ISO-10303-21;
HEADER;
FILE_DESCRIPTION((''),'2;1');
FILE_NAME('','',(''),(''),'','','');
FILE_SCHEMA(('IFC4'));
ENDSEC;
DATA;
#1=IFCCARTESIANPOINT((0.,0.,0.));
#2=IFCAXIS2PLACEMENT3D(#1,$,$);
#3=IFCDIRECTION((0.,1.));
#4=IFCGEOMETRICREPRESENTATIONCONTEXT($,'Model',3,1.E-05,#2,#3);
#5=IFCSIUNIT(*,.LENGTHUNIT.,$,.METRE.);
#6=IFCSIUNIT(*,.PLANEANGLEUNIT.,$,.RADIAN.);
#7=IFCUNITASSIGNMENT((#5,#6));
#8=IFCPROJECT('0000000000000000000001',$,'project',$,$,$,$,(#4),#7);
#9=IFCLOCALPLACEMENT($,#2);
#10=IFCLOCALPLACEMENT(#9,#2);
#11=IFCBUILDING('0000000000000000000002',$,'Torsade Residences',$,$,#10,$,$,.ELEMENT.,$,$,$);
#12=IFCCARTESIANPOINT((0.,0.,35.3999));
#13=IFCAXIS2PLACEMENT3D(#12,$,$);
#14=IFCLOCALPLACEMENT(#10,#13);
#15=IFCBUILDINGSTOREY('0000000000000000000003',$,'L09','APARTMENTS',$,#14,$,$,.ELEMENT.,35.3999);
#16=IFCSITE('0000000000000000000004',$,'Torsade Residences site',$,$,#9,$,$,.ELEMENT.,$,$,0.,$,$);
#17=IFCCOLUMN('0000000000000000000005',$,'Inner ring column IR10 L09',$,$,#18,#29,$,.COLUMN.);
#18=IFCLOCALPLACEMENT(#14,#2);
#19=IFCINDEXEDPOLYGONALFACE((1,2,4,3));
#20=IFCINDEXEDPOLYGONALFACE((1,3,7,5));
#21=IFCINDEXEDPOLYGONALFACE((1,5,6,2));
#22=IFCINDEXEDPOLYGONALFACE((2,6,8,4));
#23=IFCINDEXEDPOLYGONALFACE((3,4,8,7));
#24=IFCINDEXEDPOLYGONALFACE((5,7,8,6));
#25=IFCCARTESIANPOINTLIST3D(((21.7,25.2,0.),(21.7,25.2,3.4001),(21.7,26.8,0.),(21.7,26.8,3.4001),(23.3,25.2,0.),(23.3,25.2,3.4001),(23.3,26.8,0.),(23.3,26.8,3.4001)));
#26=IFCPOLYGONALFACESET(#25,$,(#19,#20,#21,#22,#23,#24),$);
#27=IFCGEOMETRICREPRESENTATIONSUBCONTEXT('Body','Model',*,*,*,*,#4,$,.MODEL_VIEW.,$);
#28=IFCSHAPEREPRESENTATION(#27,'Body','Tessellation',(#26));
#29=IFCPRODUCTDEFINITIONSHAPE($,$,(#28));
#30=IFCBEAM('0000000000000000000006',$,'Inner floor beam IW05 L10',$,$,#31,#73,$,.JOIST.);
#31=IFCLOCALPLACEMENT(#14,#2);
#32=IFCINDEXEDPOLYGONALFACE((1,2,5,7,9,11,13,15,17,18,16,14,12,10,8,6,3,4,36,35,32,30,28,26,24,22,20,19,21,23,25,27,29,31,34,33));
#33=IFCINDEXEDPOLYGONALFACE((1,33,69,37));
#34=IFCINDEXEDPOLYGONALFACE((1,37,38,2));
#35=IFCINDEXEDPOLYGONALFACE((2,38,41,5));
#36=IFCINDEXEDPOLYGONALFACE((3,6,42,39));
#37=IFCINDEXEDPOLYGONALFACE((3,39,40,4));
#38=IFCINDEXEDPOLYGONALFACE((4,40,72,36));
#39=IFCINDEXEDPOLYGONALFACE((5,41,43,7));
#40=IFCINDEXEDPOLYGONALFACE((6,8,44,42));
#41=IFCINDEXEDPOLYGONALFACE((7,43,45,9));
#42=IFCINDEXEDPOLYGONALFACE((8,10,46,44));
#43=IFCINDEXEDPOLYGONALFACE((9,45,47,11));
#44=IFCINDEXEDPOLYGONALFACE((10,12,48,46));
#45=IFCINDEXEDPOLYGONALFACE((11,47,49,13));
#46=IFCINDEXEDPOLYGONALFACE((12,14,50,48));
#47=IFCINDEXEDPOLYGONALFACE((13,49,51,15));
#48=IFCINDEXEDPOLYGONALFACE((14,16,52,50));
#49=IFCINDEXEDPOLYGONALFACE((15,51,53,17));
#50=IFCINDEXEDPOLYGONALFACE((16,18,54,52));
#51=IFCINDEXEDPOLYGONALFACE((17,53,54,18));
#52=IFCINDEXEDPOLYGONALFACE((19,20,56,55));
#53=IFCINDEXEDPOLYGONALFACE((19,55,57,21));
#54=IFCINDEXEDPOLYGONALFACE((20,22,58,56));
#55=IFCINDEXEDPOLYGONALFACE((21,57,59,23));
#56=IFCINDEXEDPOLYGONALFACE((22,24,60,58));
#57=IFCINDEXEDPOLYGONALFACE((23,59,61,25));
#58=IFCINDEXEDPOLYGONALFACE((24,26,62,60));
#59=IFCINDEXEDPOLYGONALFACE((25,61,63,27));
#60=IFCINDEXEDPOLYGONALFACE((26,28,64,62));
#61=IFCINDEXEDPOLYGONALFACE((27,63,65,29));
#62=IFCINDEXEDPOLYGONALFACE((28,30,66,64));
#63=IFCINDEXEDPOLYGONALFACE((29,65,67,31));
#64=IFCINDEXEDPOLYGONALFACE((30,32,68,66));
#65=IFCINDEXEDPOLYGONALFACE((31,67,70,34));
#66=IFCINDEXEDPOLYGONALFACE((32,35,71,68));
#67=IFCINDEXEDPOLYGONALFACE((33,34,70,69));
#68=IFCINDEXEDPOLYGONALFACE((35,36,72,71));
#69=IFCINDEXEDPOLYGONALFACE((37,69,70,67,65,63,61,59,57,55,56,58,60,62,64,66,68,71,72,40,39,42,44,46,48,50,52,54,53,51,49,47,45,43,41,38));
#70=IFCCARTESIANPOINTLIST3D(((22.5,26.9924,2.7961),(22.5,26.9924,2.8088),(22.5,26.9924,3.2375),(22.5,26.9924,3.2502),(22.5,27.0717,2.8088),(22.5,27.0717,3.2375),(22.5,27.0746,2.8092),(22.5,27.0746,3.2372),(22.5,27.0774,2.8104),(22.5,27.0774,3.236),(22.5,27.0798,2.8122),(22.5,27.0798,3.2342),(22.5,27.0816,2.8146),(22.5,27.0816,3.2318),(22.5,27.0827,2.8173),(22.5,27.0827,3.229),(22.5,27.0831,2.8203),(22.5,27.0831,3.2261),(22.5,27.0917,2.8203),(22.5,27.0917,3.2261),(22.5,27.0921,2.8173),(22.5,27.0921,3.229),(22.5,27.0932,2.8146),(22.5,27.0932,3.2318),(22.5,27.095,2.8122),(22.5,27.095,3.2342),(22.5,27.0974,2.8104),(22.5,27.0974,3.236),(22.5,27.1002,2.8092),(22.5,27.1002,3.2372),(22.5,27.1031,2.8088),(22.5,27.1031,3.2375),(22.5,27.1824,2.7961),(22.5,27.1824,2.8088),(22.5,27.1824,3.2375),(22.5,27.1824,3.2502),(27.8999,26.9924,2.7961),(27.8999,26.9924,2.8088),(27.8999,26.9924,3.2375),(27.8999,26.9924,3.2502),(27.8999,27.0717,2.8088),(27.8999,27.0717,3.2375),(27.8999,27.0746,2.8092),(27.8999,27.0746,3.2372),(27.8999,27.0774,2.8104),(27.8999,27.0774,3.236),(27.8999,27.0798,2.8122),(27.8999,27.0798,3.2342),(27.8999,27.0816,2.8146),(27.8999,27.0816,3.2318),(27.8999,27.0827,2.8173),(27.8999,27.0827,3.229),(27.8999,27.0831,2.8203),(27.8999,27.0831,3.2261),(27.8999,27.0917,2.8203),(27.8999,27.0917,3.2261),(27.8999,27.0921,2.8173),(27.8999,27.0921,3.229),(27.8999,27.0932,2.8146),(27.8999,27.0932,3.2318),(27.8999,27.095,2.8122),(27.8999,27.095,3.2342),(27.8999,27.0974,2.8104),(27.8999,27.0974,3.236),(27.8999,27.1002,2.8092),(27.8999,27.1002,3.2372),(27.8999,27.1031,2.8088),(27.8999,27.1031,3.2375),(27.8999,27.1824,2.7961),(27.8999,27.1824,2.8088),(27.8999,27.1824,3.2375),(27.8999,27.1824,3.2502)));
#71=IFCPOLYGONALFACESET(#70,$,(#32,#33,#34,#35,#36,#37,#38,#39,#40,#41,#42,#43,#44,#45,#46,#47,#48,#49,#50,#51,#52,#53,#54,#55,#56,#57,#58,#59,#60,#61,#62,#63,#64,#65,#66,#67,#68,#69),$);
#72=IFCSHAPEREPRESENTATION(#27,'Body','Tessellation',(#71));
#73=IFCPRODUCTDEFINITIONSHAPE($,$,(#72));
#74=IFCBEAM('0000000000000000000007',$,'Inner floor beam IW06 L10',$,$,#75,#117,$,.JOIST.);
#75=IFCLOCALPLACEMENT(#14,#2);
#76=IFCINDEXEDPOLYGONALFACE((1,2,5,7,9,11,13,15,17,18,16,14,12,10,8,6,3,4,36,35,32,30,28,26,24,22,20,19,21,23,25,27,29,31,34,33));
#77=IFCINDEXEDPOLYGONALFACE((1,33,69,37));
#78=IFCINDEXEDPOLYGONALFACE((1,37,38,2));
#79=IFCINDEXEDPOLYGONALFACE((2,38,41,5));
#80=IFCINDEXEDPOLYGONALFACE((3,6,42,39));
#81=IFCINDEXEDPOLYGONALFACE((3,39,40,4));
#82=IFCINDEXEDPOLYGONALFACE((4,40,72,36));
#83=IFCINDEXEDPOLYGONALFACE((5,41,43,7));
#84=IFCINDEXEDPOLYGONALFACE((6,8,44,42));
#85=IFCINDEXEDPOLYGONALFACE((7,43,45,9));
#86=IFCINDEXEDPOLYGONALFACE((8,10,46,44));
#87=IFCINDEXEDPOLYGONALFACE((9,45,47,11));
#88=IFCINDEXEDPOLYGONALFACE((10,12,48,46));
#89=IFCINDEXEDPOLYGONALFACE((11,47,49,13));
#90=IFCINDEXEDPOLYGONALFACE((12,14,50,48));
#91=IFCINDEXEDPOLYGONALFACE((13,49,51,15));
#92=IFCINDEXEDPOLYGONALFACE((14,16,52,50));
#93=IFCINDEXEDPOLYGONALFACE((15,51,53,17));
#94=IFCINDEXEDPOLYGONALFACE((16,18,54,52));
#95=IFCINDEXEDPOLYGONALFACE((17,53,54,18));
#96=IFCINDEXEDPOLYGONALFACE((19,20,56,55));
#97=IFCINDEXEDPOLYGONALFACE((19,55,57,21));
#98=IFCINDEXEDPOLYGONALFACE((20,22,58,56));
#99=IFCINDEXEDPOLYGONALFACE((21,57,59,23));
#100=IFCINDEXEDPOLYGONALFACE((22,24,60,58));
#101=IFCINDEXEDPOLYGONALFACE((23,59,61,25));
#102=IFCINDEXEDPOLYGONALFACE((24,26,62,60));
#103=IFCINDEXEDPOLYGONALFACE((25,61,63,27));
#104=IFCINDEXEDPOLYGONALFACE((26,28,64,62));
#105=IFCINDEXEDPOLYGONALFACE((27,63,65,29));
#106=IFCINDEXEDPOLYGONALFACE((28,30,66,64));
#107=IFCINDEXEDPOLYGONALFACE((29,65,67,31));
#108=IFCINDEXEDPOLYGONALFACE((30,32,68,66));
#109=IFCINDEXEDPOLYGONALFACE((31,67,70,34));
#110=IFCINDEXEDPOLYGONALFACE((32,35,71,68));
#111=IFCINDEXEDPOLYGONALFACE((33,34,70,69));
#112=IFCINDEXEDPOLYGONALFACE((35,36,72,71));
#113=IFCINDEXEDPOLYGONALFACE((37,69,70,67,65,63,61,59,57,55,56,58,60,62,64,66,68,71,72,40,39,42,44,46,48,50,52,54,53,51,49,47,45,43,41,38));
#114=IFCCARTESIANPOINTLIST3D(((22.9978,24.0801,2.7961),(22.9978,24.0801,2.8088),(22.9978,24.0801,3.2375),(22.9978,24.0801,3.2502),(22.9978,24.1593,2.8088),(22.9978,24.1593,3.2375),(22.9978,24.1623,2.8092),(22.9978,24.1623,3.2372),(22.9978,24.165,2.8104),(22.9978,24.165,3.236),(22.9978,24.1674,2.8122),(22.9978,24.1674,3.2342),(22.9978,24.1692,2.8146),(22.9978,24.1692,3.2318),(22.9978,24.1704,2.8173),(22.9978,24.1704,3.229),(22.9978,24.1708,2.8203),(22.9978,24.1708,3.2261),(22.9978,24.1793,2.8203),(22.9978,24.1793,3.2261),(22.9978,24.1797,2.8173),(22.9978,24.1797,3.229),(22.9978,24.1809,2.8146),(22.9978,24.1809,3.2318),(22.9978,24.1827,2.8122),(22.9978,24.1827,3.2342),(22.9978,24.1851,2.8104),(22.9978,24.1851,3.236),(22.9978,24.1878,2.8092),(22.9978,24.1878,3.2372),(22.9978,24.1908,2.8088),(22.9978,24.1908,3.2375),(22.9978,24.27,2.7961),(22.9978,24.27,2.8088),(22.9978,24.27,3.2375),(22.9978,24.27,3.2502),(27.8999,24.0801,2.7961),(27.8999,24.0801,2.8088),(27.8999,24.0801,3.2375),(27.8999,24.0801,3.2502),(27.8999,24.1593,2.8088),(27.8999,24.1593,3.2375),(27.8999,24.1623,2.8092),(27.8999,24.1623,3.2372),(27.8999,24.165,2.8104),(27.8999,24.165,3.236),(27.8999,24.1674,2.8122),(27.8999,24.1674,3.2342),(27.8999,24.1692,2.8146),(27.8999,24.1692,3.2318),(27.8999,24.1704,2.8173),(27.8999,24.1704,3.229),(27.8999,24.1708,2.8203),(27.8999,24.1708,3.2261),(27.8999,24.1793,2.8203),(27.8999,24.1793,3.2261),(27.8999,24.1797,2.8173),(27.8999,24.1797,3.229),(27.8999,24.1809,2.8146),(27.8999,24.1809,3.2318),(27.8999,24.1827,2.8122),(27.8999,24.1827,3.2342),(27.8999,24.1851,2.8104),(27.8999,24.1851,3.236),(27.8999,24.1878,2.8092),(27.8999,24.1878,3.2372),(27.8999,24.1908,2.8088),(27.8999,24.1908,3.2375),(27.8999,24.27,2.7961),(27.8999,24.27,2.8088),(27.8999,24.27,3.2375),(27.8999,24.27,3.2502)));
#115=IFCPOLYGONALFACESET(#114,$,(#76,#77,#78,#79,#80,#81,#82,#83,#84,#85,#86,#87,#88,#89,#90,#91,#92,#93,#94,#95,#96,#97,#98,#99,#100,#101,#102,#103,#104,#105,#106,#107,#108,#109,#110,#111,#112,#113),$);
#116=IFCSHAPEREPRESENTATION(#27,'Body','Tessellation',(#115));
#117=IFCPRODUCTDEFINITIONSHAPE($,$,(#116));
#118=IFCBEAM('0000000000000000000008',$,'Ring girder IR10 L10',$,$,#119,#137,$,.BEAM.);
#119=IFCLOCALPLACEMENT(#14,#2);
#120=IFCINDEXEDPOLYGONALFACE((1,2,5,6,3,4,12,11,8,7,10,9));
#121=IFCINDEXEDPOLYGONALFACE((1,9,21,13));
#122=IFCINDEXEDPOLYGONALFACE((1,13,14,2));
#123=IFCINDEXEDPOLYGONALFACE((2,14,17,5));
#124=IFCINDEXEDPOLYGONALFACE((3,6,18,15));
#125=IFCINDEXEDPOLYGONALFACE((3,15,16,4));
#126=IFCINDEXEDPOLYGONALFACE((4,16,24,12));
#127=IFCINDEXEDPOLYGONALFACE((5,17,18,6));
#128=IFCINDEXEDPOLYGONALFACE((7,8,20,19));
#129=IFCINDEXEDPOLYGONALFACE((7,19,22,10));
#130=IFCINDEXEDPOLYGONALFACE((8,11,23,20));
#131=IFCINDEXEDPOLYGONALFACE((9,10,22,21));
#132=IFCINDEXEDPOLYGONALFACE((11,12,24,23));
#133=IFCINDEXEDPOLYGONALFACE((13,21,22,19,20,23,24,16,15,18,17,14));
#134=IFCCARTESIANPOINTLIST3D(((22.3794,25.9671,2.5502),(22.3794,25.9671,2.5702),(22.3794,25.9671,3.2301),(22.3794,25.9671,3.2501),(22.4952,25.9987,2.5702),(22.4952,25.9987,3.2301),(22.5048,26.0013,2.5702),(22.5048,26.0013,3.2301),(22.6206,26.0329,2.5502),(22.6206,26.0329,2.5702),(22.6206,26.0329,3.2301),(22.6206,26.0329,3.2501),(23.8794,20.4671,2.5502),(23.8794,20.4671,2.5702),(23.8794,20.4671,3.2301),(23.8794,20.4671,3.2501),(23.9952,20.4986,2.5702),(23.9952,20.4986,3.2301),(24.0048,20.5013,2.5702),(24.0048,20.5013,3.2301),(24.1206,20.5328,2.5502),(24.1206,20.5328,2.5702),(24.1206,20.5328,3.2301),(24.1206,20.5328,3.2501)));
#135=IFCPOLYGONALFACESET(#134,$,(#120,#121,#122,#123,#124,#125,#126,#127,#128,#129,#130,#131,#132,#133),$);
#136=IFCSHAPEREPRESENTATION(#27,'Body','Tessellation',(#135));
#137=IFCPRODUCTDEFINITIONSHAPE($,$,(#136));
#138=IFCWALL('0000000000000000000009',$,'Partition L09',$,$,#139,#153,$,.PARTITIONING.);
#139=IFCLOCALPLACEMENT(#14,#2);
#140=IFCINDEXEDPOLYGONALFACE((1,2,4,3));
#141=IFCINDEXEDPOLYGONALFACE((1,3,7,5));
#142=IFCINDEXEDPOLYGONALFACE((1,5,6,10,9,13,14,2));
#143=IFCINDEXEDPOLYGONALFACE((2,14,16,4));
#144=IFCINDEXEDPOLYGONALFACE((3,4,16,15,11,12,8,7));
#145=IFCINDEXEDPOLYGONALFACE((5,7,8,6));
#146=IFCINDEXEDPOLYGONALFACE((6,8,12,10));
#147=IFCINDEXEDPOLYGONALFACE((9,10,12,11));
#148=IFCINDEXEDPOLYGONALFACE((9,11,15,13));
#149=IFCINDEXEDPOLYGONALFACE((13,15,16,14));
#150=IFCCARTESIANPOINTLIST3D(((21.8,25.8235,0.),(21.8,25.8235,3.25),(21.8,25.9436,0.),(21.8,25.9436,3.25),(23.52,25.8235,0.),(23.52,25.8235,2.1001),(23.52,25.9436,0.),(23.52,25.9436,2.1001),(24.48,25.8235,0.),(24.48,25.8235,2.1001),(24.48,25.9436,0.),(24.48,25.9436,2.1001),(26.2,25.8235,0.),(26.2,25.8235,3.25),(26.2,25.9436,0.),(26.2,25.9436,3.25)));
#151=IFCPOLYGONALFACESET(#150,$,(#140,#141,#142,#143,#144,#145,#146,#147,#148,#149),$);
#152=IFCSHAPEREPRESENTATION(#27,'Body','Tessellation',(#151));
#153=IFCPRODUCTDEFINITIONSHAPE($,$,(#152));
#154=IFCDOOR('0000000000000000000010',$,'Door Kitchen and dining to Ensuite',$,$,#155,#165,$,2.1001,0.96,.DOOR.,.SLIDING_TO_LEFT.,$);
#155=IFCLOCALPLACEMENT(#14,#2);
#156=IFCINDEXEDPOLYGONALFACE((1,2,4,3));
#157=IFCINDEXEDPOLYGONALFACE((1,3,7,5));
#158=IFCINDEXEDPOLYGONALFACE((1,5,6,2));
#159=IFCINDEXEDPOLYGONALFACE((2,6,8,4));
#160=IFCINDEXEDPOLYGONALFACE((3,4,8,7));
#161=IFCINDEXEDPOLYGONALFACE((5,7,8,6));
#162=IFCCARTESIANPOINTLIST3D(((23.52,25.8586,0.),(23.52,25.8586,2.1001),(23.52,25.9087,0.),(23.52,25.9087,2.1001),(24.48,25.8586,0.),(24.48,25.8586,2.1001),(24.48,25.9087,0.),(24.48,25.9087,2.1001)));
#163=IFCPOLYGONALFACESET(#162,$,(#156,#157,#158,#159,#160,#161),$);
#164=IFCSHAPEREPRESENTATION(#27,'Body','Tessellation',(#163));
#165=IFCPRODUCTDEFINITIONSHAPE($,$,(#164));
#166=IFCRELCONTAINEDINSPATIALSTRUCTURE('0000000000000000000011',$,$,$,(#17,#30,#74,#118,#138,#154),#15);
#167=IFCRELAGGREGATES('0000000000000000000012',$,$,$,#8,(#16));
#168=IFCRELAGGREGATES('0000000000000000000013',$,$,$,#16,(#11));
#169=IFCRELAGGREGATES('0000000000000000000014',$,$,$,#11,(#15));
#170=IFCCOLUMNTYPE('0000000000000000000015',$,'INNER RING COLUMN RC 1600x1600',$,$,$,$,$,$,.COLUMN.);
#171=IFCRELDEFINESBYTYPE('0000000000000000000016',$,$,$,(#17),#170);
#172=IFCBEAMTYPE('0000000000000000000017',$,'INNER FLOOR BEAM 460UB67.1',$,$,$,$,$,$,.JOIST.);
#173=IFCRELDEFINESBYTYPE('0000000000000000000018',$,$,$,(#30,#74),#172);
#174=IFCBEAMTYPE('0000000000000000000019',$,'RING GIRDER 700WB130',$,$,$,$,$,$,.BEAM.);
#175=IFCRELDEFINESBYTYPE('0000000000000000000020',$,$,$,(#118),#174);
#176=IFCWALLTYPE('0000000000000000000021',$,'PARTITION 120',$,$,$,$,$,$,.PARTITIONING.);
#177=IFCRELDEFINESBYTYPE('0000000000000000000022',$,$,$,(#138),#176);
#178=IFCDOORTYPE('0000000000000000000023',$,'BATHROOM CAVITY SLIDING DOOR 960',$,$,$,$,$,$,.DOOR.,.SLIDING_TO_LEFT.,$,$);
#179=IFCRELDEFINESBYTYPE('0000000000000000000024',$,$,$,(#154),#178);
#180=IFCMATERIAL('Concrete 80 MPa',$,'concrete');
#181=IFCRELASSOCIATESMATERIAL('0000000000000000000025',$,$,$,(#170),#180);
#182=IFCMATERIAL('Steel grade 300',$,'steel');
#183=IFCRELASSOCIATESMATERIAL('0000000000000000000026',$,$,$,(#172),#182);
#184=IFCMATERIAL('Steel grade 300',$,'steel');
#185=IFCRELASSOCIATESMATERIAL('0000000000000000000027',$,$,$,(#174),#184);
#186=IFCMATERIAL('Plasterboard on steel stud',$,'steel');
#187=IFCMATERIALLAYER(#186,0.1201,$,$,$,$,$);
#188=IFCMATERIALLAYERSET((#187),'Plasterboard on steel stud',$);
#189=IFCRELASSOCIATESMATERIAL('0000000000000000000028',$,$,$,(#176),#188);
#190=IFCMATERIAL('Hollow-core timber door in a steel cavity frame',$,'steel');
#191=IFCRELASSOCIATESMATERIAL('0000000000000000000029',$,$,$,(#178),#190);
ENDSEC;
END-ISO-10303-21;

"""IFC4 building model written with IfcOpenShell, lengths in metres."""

from ifc_helpers import new_model, si_unit, direction, frame, frame_2d, origin, origin_2d, place, context, subcontext, project, spatial, rectangle, i_section, extrude, material, layer, layer_set, material_profile, profile_set, type_object, element, fill, save


model = new_model("IFC4")

# Units and contexts
model_context = context("Model", 3, precision=1e-05, world=origin(), true_north=direction((0.0, 1.0)))
body_context = subcontext(model_context, "Body", "Model", "MODEL_VIEW")
ifc_project = project(units=[si_unit("LENGTHUNIT", "METRE"), si_unit("PLANEANGLEUNIT", "RADIAN")], contexts=[model_context])

# Site, building, storey
site_placement = place(None, origin())
site = spatial("IfcSite", under=ifc_project, at=site_placement, Name="Torsade Residences site", CompositionType="ELEMENT", RefElevation=0.0)
building_placement = place(site_placement, origin())
building = spatial("IfcBuilding", under=site, at=building_placement, Name="Torsade Residences", CompositionType="ELEMENT")
storey_placement = place(building_placement, frame((0.0, 0.0, 35.3999)))
storey = spatial("IfcBuildingStorey", under=building, at=storey_placement, Name="L09", Description="APARTMENTS", CompositionType="ELEMENT", Elevation=35.3999)

# Column
ifc_material_1 = material(Name="Concrete 80 MPa", Category="concrete")
ifc_material_profile_1 = material_profile(ifc_material_1, rectangle(XDim=1.6001, YDim=1.6001, at=origin_2d()), Name="RC 1600x1600")
ifc_profile_set_1 = profile_set([ifc_material_profile_1], Name="Concrete 80 MPa")
column_type = type_object("IfcColumnType", Name="INNER RING COLUMN RC 1600x1600", PredefinedType="COLUMN", material=ifc_profile_set_1)
column_placement = place(storey_placement, frame((22.5, 26.0, 0.0), z_axis=(0.0, 0.0, 1.0), x_axis=(1.0, 0.0, 0.0)))
element("IfcColumn", 1, at=column_placement, inside=storey, type_object=column_type, Name="Inner ring column IR10 L09", PredefinedType="COLUMN", context=body_context, shape_type="SweptSolid", body=[
    extrude(rectangle(XDim=1.6001, YDim=1.6001, at=origin_2d()), origin(), (0.0, 0.0, 1.0), 3.4001),
])

# Beams
ifc_material_2 = material(Name="Steel grade 300", Category="steel")
ifc_material_profile_2 = material_profile(ifc_material_2, i_section(OverallWidth=0.1899, OverallDepth=0.4541, WebThickness=0.0085, FlangeThickness=0.0127, FilletRadius=0.0115, at=origin_2d()), Name="460UB67.1")
ifc_profile_set_2 = profile_set([ifc_material_profile_2], Name="Steel grade 300")
beam_type_1 = type_object("IfcBeamType", Name="INNER FLOOR BEAM 460UB67.1", PredefinedType="JOIST", material=ifc_profile_set_2)
beam_1_placement = place(storey_placement, frame((27.8999, 27.0874, 3.0232), z_axis=(-1.0, 0.0, 0.0), x_axis=(0.0, -1.0, 0.0)))
element("IfcBeam", 2, at=beam_1_placement, inside=storey, type_object=beam_type_1, Name="Inner floor beam IW05 L10", PredefinedType="JOIST", context=body_context, shape_type="SweptSolid", body=[
    extrude(i_section(OverallWidth=0.1899, OverallDepth=0.4541, WebThickness=0.0085, FlangeThickness=0.0127, FilletRadius=0.0115, at=origin_2d()), origin(), (0.0, 0.0, 1.0), 5.3999),
])
beam_2_placement = place(storey_placement, frame((27.8999, 24.175, 3.0232), z_axis=(-1.0, 0.0, 0.0), x_axis=(0.0, -1.0, 0.0)))
element("IfcBeam", 3, at=beam_2_placement, inside=storey, type_object=beam_type_1, Name="Inner floor beam IW06 L10", PredefinedType="JOIST", context=body_context, shape_type="SweptSolid", body=[
    extrude(i_section(OverallWidth=0.1899, OverallDepth=0.4541, WebThickness=0.0085, FlangeThickness=0.0127, FilletRadius=0.0115, at=origin_2d()), origin(), (0.0, 0.0, 1.0), 4.9021),
])
ifc_material_3 = material(Name="Steel grade 300", Category="steel")
ifc_material_profile_3 = material_profile(ifc_material_3, i_section(OverallWidth=0.25, OverallDepth=0.7, WebThickness=0.01, FlangeThickness=0.02, at=origin_2d()), Name="700WB130")
ifc_profile_set_3 = profile_set([ifc_material_profile_3], Name="Steel grade 300")
beam_type_2 = type_object("IfcBeamType", Name="RING GIRDER 700WB130", PredefinedType="BEAM", material=ifc_profile_set_3)
beam_3_placement = place(storey_placement, frame((22.5, 26.0, 2.9001), z_axis=(0.263117, -0.964764, 0.0), x_axis=(0.964764, 0.263117, 0.0)))
element("IfcBeam", 4, at=beam_3_placement, inside=storey, type_object=beam_type_2, Name="Ring girder IR10 L10", PredefinedType="BEAM", context=body_context, shape_type="SweptSolid", body=[
    extrude(i_section(OverallWidth=0.25, OverallDepth=0.7, WebThickness=0.01, FlangeThickness=0.02, at=origin_2d()), origin(), (0.0, 0.0, 1.0), 5.7009),
])

# Wall, opening, door
ifc_material_4 = material(Name="Plasterboard on steel stud", Category="steel")
ifc_layer_1 = layer(ifc_material_4, 0.1201)
ifc_layer_set_1 = layer_set([ifc_layer_1], Name="Plasterboard on steel stud")
wall_type_1 = type_object("IfcWallType", Name="PARTITION 120", PredefinedType="PARTITIONING", material=ifc_layer_set_1)
wall_1_placement = place(storey_placement, frame((26.2, 25.8835, 0.0), z_axis=(0.0, 0.0, 1.0), x_axis=(-1.0, 0.0, 0.0)))
wall_1 = element("IfcWall", 5, at=wall_1_placement, inside=storey, type_object=wall_type_1, Name="Partition L09", PredefinedType="PARTITIONING", context=body_context, shape_type="SweptSolid", body=[
    extrude(rectangle(XDim=4.3999, YDim=0.1201, at=frame_2d((2.2, 0.0))), origin(), (0.0, 0.0, 1.0), 3.25),
])
opening_1_placement = place(wall_1_placement, frame((1.72, 0.0, 0.0)))
opening_1 = element("IfcOpeningElement", 6, at=opening_1_placement, cuts=wall_1, PredefinedType="OPENING", context=body_context, shape_type="SweptSolid", body=[
    extrude(rectangle(XDim=0.96, YDim=2.1001, at=frame_2d((0.48, 1.05))), frame((0.0, 0.0701, 0.0), z_axis=(0.0, -1.0, 0.0), x_axis=(1.0, 0.0, 0.0)), (0.0, 0.0, 1.0), 0.1401),
])
ifc_material_5 = material(Name="Hollow-core timber door in a steel cavity frame", Category="steel")
door_type = type_object("IfcDoorType", Name="BATHROOM CAVITY SLIDING DOOR 960", OperationType="SLIDING_TO_LEFT", PredefinedType="DOOR", material=ifc_material_5)
door_1_placement = place(opening_1_placement, origin())
door_1 = element("IfcDoor", 7, at=door_1_placement, inside=storey, type_object=door_type, Name="Door Kitchen and dining to Ensuite", OperationType="SLIDING_TO_LEFT", OverallHeight=2.1001, OverallWidth=0.96, PredefinedType="DOOR", context=body_context, shape_type="SweptSolid", body=[
    extrude(rectangle(XDim=0.96, YDim=2.1001, at=frame_2d((0.48, 1.05))), frame((0.0, 0.0249, 0.0), z_axis=(0.0, -1.0, 0.0), x_axis=(1.0, 0.0, 0.0)), (0.0, 0.0, 1.0), 0.05),
])
fill(opening_1, door_1)

save(model, "model.ifc")
